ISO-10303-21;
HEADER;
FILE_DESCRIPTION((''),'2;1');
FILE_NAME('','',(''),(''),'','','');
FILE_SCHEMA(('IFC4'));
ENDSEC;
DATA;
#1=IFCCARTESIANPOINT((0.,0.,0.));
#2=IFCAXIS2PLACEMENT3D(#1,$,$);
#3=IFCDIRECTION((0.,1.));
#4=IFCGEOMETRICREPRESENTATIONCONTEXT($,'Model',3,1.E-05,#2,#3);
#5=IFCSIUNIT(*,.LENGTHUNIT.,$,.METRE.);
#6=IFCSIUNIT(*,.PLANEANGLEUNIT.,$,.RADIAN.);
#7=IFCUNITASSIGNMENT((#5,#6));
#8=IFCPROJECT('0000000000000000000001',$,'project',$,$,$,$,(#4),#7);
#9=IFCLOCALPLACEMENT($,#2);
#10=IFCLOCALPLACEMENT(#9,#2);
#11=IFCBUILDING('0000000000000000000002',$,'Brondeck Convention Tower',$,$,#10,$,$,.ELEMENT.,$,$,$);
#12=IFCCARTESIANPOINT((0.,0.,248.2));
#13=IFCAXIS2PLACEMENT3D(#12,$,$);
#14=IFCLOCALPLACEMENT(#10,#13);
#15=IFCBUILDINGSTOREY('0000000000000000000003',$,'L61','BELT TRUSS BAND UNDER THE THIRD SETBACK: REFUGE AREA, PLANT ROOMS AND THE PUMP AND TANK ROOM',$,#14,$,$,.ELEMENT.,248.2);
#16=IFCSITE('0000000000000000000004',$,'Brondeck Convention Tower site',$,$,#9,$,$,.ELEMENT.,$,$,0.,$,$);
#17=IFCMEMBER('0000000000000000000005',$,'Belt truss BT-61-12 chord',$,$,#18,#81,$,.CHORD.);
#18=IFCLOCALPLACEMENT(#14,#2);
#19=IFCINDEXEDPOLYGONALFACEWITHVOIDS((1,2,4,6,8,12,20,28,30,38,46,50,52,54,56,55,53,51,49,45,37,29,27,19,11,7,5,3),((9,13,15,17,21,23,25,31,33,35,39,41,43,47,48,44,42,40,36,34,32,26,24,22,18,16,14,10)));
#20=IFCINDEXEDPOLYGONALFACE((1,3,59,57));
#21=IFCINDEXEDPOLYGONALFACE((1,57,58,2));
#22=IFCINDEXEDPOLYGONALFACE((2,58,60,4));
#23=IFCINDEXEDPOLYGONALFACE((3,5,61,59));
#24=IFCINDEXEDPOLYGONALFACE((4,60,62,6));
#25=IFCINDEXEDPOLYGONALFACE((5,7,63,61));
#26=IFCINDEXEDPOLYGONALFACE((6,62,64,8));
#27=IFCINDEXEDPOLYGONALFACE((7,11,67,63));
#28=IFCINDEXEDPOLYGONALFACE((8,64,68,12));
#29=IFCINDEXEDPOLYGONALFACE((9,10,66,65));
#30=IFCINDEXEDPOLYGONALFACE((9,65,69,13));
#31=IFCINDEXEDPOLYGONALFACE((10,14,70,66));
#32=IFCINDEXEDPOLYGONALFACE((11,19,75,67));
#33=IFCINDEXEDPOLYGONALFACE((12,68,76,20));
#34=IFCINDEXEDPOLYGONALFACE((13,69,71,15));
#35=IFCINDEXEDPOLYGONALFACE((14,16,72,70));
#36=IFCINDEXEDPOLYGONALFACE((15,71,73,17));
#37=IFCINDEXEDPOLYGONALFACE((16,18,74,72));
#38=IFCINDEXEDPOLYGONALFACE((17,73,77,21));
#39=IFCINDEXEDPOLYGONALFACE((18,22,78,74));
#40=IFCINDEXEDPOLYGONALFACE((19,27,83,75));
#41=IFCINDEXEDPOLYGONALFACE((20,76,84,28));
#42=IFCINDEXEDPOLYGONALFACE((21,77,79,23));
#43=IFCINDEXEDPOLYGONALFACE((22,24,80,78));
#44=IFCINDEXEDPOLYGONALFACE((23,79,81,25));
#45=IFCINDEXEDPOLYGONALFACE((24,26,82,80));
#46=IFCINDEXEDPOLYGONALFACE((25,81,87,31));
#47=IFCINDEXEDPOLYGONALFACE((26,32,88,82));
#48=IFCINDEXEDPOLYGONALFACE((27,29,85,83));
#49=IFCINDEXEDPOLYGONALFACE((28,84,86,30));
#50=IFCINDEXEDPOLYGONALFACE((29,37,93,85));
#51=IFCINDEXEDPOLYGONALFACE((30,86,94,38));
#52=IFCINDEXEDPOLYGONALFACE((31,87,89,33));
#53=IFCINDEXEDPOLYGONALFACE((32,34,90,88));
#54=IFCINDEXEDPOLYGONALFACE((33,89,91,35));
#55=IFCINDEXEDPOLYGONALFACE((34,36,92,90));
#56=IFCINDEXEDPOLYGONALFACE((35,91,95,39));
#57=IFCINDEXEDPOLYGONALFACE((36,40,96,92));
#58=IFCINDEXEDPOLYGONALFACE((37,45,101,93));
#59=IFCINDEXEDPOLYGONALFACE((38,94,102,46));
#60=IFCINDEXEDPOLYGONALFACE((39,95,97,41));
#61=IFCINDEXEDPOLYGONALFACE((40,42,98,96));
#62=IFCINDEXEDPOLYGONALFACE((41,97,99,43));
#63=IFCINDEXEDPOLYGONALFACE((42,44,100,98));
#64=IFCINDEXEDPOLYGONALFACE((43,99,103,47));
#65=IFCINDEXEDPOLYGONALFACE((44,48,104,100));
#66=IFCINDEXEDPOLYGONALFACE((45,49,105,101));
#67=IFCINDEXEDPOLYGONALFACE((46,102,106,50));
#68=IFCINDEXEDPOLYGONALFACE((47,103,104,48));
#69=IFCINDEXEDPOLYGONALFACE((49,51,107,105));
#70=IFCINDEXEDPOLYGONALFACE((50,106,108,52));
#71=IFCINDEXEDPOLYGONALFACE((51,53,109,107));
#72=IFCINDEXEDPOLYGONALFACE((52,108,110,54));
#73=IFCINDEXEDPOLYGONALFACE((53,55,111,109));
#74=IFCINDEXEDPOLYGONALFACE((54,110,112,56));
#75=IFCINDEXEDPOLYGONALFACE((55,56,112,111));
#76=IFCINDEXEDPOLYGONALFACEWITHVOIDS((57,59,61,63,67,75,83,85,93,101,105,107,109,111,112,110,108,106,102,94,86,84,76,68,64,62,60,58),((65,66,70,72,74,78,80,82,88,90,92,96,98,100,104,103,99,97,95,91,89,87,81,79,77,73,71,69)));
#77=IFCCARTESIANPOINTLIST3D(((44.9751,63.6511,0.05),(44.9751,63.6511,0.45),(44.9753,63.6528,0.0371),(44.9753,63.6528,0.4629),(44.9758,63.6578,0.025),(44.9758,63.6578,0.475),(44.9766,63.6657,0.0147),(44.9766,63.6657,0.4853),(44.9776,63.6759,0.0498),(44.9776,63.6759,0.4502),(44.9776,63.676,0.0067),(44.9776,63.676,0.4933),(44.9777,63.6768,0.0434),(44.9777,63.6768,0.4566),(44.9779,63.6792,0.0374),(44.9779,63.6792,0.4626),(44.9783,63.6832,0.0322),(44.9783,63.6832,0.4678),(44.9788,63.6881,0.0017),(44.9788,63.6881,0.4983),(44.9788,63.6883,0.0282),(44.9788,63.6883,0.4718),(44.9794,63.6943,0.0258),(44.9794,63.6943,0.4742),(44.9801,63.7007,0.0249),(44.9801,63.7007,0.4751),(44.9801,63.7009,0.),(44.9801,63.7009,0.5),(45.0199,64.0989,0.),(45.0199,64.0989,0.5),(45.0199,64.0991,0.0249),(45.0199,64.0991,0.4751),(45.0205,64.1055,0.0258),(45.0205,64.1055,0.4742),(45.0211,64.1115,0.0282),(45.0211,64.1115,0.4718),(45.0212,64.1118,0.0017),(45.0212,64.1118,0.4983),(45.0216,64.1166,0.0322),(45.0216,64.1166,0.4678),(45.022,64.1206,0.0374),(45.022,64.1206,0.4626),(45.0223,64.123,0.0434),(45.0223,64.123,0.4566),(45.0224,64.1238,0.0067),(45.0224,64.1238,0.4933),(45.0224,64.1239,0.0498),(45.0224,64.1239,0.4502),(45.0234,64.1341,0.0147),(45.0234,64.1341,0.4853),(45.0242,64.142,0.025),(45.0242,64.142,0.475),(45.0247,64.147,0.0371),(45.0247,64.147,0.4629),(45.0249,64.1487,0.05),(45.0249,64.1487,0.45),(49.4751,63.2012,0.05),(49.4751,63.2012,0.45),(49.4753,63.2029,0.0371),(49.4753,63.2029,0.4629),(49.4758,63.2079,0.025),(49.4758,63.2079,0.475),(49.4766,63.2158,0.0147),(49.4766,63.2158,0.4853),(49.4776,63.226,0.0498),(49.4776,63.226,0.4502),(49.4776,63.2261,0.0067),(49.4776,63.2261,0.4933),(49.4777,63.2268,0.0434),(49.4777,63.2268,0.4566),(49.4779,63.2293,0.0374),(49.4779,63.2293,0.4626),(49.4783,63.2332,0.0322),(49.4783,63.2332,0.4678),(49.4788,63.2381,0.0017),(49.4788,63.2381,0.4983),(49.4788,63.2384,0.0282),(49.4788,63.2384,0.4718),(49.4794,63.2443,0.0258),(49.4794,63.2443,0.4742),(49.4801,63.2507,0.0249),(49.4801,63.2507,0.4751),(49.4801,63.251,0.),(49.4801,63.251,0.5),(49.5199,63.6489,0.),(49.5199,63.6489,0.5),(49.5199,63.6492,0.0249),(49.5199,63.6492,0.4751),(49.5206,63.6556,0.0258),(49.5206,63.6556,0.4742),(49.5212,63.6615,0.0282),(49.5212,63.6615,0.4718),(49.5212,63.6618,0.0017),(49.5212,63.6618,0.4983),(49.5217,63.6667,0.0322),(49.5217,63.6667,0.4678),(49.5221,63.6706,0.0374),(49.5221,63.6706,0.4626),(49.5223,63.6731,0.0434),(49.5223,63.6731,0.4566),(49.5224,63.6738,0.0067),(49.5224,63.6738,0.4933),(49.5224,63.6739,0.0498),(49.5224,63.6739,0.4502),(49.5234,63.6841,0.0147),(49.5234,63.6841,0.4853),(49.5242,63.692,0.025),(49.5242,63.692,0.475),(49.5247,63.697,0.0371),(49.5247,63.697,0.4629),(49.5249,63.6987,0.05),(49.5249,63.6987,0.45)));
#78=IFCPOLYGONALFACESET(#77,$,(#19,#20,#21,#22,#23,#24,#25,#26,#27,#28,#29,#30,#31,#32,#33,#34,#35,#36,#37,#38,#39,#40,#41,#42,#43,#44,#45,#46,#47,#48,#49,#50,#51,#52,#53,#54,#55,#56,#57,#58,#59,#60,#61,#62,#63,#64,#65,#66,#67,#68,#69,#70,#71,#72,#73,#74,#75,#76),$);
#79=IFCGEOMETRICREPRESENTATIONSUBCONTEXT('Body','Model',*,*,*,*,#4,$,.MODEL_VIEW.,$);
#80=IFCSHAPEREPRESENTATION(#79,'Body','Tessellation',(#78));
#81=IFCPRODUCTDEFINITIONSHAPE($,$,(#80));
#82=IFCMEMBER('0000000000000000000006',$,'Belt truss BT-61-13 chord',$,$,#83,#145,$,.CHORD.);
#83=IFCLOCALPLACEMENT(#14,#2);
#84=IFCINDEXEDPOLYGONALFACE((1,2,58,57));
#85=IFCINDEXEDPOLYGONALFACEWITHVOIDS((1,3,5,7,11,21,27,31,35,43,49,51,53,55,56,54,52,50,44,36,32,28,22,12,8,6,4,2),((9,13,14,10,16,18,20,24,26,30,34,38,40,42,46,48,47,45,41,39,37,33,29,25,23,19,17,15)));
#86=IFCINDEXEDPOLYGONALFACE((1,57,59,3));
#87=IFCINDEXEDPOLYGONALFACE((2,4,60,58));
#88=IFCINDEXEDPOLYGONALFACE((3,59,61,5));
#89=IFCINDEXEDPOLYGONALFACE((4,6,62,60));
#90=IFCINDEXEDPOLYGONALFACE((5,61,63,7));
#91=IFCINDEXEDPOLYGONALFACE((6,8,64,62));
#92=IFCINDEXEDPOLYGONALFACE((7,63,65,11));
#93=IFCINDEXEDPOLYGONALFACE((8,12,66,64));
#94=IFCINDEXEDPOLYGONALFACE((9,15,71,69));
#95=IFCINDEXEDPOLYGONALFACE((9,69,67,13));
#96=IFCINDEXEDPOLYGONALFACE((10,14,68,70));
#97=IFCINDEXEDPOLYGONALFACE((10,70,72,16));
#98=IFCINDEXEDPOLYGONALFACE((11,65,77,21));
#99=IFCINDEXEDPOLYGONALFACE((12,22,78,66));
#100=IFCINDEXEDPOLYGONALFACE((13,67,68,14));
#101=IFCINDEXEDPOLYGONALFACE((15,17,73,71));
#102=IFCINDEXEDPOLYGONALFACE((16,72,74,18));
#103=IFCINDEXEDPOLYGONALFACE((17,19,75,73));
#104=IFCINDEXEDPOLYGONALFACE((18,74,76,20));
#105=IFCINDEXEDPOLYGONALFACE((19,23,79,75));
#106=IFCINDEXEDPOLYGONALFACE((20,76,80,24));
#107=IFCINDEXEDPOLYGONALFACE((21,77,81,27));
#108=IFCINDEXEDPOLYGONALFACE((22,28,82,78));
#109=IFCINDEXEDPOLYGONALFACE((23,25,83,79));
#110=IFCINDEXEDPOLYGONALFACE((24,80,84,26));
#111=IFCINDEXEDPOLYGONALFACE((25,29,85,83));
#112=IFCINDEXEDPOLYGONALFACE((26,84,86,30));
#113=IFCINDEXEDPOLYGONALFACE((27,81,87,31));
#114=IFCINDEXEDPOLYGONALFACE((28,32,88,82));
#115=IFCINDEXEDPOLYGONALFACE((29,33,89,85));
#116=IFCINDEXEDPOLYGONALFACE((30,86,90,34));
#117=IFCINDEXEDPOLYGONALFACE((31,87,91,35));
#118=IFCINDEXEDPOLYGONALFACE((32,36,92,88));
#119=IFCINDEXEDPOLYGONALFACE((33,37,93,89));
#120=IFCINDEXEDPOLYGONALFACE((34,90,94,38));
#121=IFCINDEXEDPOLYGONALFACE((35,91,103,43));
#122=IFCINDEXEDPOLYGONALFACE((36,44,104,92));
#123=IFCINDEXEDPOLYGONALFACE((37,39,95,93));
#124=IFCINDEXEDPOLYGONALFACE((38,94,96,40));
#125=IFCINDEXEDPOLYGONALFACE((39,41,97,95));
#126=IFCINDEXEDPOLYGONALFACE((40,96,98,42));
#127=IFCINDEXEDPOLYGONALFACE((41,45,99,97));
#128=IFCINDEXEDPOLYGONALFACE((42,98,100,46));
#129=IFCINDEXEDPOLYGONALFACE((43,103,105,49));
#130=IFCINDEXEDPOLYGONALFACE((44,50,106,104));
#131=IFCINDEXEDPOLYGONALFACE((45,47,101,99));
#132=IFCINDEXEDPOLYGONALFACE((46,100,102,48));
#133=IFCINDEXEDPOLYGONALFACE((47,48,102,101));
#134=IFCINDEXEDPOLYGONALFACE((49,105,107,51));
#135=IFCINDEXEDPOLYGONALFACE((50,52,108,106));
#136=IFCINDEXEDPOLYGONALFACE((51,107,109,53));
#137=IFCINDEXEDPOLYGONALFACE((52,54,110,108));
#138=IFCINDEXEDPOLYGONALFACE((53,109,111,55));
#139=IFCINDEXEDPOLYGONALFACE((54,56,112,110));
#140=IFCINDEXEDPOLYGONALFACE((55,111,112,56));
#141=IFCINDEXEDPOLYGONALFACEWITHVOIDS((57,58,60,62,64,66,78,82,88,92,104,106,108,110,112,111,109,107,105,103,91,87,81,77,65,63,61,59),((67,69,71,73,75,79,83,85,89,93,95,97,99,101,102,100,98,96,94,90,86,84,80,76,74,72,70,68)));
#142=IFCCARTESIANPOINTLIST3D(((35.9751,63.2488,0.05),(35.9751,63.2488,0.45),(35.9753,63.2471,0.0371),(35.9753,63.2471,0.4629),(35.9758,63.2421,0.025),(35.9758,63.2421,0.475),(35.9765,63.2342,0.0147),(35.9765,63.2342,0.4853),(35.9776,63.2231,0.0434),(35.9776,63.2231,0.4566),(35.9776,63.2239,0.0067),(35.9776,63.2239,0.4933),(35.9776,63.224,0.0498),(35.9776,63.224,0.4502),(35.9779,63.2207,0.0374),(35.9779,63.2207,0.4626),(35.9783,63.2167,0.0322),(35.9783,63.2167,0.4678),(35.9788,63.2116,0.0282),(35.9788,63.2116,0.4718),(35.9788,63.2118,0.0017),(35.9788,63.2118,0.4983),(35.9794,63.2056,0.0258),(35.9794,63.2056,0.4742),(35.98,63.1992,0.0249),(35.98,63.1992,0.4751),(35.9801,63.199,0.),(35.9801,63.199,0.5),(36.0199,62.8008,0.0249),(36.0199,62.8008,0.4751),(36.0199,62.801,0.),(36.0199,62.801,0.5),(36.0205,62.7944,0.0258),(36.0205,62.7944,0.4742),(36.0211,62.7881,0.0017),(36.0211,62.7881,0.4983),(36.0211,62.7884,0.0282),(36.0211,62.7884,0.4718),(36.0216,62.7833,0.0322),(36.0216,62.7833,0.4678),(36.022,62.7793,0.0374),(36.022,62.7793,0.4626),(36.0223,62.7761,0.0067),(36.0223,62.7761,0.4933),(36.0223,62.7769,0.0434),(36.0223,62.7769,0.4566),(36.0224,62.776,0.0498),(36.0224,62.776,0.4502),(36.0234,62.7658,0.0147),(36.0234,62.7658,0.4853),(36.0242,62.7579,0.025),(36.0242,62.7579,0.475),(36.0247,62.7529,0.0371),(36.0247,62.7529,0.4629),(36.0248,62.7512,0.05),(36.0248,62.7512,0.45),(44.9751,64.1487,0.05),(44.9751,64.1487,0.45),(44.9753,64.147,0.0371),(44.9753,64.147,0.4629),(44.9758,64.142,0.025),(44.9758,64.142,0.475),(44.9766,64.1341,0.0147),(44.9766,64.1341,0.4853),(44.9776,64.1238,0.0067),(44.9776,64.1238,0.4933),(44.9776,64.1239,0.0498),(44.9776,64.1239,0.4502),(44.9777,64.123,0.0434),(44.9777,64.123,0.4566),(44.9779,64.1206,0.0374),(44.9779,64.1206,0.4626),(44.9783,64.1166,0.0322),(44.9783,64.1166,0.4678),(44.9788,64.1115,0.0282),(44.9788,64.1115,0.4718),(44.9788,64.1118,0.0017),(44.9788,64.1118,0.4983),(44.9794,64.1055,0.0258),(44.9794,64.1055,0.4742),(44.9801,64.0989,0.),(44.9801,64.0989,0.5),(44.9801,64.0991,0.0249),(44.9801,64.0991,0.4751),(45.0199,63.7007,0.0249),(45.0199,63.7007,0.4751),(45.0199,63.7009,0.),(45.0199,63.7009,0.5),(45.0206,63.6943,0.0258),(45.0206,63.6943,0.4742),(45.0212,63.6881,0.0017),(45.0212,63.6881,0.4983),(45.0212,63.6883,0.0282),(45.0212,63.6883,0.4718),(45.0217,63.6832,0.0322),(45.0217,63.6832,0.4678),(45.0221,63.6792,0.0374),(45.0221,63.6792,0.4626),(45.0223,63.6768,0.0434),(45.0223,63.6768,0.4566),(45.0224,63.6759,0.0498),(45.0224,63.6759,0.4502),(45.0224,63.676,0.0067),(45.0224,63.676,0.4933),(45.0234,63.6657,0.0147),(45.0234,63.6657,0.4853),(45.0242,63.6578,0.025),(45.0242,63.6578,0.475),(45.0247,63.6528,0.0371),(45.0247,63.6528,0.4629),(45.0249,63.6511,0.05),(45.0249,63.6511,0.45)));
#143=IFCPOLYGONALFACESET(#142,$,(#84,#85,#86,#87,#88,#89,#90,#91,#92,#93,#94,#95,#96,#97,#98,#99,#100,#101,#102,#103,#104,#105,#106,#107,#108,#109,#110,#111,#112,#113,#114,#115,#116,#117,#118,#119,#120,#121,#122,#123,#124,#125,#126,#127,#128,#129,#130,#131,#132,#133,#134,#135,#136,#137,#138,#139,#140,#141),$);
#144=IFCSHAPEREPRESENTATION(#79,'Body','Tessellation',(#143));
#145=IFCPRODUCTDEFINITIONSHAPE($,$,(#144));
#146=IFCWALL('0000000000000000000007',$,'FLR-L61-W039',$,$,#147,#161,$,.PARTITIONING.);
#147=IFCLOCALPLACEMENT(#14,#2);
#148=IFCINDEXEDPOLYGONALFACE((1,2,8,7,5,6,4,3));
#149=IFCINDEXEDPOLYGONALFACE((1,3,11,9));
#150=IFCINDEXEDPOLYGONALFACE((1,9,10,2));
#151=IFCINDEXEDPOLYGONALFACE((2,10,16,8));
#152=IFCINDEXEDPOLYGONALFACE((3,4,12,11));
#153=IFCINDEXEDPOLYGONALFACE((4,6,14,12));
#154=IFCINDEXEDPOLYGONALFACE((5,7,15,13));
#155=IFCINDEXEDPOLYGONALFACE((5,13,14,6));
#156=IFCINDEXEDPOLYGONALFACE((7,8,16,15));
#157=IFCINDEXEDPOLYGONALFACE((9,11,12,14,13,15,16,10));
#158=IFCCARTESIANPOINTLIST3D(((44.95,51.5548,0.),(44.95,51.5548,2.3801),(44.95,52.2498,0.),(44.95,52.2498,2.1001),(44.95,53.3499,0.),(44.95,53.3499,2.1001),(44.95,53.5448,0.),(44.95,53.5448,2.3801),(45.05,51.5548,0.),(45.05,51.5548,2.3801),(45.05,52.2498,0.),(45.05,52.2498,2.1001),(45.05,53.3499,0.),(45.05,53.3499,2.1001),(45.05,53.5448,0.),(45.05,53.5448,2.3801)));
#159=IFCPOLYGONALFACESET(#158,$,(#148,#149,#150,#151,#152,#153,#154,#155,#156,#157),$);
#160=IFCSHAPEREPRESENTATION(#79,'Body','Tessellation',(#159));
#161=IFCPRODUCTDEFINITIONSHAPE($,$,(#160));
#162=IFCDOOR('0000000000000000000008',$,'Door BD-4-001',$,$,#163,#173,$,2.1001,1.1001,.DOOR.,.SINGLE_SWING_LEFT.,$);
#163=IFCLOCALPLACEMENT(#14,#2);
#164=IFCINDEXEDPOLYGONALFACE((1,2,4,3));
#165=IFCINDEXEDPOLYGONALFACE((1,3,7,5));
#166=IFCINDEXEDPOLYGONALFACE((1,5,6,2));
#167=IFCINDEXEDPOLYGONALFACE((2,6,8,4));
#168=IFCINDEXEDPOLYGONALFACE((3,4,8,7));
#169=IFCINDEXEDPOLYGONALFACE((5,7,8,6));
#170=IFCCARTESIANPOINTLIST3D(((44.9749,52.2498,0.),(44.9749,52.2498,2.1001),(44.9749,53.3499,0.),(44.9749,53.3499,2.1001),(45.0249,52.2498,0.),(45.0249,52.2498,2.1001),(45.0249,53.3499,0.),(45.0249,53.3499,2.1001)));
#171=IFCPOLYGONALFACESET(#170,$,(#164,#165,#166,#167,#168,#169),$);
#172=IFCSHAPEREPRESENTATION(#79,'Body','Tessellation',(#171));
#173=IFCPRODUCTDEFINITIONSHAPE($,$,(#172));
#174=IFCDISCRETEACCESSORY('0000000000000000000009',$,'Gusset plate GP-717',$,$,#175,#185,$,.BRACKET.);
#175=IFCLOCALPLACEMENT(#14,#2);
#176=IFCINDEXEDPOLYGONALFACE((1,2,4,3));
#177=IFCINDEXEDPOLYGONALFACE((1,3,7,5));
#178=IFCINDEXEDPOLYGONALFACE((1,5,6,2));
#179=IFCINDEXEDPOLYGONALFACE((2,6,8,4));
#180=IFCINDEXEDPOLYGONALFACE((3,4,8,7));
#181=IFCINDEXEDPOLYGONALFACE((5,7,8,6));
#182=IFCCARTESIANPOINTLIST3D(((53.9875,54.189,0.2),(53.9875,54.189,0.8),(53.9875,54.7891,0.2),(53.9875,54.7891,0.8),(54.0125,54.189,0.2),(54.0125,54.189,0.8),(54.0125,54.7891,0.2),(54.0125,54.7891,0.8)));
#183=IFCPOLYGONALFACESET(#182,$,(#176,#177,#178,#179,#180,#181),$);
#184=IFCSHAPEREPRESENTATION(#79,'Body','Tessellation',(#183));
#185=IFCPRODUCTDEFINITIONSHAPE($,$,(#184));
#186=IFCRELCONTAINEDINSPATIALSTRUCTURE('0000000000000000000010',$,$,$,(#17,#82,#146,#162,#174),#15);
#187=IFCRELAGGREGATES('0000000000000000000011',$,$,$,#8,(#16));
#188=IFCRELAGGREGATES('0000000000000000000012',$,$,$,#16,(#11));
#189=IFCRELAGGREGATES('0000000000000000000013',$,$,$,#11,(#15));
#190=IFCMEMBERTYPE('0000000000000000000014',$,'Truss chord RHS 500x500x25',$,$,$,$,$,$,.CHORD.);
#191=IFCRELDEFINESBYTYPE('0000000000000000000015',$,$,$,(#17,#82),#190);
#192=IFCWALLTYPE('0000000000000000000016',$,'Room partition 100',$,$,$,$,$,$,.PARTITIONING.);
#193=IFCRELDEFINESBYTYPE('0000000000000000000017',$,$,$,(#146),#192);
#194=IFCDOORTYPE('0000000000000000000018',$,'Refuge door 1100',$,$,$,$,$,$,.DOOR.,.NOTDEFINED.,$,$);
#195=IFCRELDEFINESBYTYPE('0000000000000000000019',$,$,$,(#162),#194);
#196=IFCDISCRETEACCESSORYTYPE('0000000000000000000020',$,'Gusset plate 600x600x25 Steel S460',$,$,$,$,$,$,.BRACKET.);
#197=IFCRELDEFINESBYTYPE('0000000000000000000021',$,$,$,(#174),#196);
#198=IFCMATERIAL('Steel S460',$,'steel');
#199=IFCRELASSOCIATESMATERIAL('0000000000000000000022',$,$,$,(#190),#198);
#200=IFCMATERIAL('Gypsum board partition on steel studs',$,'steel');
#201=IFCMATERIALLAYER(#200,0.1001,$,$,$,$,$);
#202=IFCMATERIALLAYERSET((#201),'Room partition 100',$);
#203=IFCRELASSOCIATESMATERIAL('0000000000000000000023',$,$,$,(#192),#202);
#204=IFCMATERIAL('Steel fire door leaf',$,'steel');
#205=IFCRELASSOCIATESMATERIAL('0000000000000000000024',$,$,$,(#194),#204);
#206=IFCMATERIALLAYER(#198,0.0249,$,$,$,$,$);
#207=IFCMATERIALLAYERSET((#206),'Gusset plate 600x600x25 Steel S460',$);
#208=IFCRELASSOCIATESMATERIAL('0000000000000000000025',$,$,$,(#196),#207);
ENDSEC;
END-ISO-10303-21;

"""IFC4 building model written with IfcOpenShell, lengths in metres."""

from ifc_helpers import new_model, si_unit, direction, frame, frame_2d, origin, origin_2d, place, context, subcontext, project, spatial, rectangle, hollow_rectangle, extrude, material, layer, layer_set, material_profile, profile_set, type_object, element, fill, save


model = new_model("IFC4")

# Units and contexts
model_context = context("Model", 3, precision=1e-05, world=origin(), true_north=direction((0.0, 1.0)))
body_context = subcontext(model_context, "Body", "Model", "MODEL_VIEW")
ifc_project = project(units=[si_unit("LENGTHUNIT", "METRE"), si_unit("PLANEANGLEUNIT", "RADIAN")], contexts=[model_context])

# Site, building, storey
site_placement = place(None, origin())
site = spatial("IfcSite", under=ifc_project, at=site_placement, Name="Brondeck Convention Tower site", CompositionType="ELEMENT", RefElevation=0.0)
building_placement = place(site_placement, origin())
building = spatial("IfcBuilding", under=site, at=building_placement, Name="Brondeck Convention Tower", CompositionType="ELEMENT")
storey_placement = place(building_placement, frame((0.0, 0.0, 248.2)))
storey = spatial("IfcBuildingStorey", under=building, at=storey_placement, Name="L61", Description="BELT TRUSS BAND UNDER THE THIRD SETBACK: REFUGE AREA, PLANT ROOMS AND THE PUMP AND TANK ROOM", CompositionType="ELEMENT", Elevation=248.2)

# Shared definitions
ifc_material_1 = material(Name="Steel S460", Category="steel")

# Members
ifc_material_profile_1 = material_profile(ifc_material_1, hollow_rectangle(XDim=0.5, YDim=0.5, WallThickness=0.0249, InnerFilletRadius=0.0249, OuterFilletRadius=0.05, at=origin_2d()), Name="RHS 500x500x25")
ifc_profile_set_1 = profile_set([ifc_material_profile_1], Name="Steel S460")
member_type_1 = type_object("IfcMemberType", Name="Truss chord RHS 500x500x25", PredefinedType="CHORD", material=ifc_profile_set_1)
member_1_placement = place(storey_placement, frame((49.5, 63.45, 0.25), z_axis=(-0.995038, 0.099493, 0.0), x_axis=(-0.099493, -0.995038, 0.0)))
element("IfcMember", 1, at=member_1_placement, inside=storey, type_object=member_type_1, Name="Belt truss BT-61-12 chord", PredefinedType="CHORD", context=body_context, shape_type="SweptSolid", body=[
    extrude(hollow_rectangle(XDim=0.5, YDim=0.5, WallThickness=0.0249, InnerFilletRadius=0.0249, OuterFilletRadius=0.05, at=origin_2d()), origin(), (0.0, 0.0, 1.0), 4.5225),
])
member_2_placement = place(storey_placement, frame((45.0, 63.8999, 0.25), z_axis=(-0.995038, -0.099493, 0.0), x_axis=(0.099493, -0.995038, 0.0)))
element("IfcMember", 2, at=member_2_placement, inside=storey, type_object=member_type_1, Name="Belt truss BT-61-13 chord", PredefinedType="CHORD", context=body_context, shape_type="SweptSolid", body=[
    extrude(hollow_rectangle(XDim=0.5, YDim=0.5, WallThickness=0.0249, InnerFilletRadius=0.0249, OuterFilletRadius=0.05, at=origin_2d()), origin(), (0.0, 0.0, 1.0), 9.0449),
])

# Wall, opening, door
ifc_material_2 = material(Name="Gypsum board partition on steel studs", Category="steel")
ifc_layer_1 = layer(ifc_material_2, 0.1001)
ifc_layer_set_1 = layer_set([ifc_layer_1], Name="Room partition 100")
wall_type = type_object("IfcWallType", Name="Room partition 100", PredefinedType="PARTITIONING", material=ifc_layer_set_1)
wall_placement = place(storey_placement, frame((45.0, 53.5449, 0.0), z_axis=(0.0, 0.0, 1.0), x_axis=(0.0, -1.0, 0.0)))
wall = element("IfcWall", 3, at=wall_placement, inside=storey, type_object=wall_type, Name="FLR-L61-W039", PredefinedType="PARTITIONING", context=body_context, shape_type="SweptSolid", body=[
    extrude(rectangle(XDim=1.99, YDim=0.1001, at=frame_2d((0.9951, 0.0))), origin(), (0.0, 0.0, 1.0), 2.3801),
])
opening_placement = place(wall_placement, frame((0.1951, 0.0, 0.0)))
opening = element("IfcOpeningElement", 4, at=opening_placement, cuts=wall, PredefinedType="OPENING", context=body_context, shape_type="SweptSolid", body=[
    extrude(rectangle(XDim=1.1001, YDim=2.1001, at=frame_2d((0.55, 1.05))), frame((0.0, 0.0601, 0.0), z_axis=(0.0, -1.0, 0.0), x_axis=(1.0, 0.0, 0.0)), (0.0, 0.0, 1.0), 0.1201),
])
ifc_material_3 = material(Name="Steel fire door leaf", Category="steel")
door_type = type_object("IfcDoorType", Name="Refuge door 1100", OperationType="NOTDEFINED", PredefinedType="DOOR", material=ifc_material_3)
door_placement = place(opening_placement, origin())
door = element("IfcDoor", 5, at=door_placement, inside=storey, type_object=door_type, Name="Door BD-4-001", OperationType="SINGLE_SWING_LEFT", OverallHeight=2.1001, OverallWidth=1.1001, PredefinedType="DOOR", context=body_context, shape_type="SweptSolid", body=[
    extrude(rectangle(XDim=1.1001, YDim=2.1001, at=frame_2d((0.55, 1.05))), frame((0.0, 0.0249, 0.0), z_axis=(0.0, -1.0, 0.0), x_axis=(1.0, 0.0, 0.0)), (0.0, 0.0, 1.0), 0.05),
])
fill(opening, door)

# Discrete accessory
ifc_layer_2 = layer(ifc_material_1, 0.0249)
ifc_layer_set_2 = layer_set([ifc_layer_2], Name="Gusset plate 600x600x25 Steel S460")
discrete_accessory_type = type_object("IfcDiscreteAccessoryType", Name="Gusset plate 600x600x25 Steel S460", PredefinedType="BRACKET", material=ifc_layer_set_2)
for number, where, z_axis, x_axis, name in (
    (6, (54.0, 54.489, 0.2), (0.0, 0.0, 1.0), (0.0, 1.0, 0.0), "Gusset plate GP-717"),
):
    element("IfcDiscreteAccessory", number, at=place(storey_placement, frame(where, z_axis=z_axis, x_axis=x_axis)), inside=storey, type_object=discrete_accessory_type, Name=name, PredefinedType="BRACKET", context=body_context, shape_type="SweptSolid", body=[
        extrude(rectangle(XDim=0.6001, YDim=0.0249, at=origin_2d()), origin(), (0.0, 0.0, 1.0), 0.6001),
    ])

save(model, "model.ifc")
